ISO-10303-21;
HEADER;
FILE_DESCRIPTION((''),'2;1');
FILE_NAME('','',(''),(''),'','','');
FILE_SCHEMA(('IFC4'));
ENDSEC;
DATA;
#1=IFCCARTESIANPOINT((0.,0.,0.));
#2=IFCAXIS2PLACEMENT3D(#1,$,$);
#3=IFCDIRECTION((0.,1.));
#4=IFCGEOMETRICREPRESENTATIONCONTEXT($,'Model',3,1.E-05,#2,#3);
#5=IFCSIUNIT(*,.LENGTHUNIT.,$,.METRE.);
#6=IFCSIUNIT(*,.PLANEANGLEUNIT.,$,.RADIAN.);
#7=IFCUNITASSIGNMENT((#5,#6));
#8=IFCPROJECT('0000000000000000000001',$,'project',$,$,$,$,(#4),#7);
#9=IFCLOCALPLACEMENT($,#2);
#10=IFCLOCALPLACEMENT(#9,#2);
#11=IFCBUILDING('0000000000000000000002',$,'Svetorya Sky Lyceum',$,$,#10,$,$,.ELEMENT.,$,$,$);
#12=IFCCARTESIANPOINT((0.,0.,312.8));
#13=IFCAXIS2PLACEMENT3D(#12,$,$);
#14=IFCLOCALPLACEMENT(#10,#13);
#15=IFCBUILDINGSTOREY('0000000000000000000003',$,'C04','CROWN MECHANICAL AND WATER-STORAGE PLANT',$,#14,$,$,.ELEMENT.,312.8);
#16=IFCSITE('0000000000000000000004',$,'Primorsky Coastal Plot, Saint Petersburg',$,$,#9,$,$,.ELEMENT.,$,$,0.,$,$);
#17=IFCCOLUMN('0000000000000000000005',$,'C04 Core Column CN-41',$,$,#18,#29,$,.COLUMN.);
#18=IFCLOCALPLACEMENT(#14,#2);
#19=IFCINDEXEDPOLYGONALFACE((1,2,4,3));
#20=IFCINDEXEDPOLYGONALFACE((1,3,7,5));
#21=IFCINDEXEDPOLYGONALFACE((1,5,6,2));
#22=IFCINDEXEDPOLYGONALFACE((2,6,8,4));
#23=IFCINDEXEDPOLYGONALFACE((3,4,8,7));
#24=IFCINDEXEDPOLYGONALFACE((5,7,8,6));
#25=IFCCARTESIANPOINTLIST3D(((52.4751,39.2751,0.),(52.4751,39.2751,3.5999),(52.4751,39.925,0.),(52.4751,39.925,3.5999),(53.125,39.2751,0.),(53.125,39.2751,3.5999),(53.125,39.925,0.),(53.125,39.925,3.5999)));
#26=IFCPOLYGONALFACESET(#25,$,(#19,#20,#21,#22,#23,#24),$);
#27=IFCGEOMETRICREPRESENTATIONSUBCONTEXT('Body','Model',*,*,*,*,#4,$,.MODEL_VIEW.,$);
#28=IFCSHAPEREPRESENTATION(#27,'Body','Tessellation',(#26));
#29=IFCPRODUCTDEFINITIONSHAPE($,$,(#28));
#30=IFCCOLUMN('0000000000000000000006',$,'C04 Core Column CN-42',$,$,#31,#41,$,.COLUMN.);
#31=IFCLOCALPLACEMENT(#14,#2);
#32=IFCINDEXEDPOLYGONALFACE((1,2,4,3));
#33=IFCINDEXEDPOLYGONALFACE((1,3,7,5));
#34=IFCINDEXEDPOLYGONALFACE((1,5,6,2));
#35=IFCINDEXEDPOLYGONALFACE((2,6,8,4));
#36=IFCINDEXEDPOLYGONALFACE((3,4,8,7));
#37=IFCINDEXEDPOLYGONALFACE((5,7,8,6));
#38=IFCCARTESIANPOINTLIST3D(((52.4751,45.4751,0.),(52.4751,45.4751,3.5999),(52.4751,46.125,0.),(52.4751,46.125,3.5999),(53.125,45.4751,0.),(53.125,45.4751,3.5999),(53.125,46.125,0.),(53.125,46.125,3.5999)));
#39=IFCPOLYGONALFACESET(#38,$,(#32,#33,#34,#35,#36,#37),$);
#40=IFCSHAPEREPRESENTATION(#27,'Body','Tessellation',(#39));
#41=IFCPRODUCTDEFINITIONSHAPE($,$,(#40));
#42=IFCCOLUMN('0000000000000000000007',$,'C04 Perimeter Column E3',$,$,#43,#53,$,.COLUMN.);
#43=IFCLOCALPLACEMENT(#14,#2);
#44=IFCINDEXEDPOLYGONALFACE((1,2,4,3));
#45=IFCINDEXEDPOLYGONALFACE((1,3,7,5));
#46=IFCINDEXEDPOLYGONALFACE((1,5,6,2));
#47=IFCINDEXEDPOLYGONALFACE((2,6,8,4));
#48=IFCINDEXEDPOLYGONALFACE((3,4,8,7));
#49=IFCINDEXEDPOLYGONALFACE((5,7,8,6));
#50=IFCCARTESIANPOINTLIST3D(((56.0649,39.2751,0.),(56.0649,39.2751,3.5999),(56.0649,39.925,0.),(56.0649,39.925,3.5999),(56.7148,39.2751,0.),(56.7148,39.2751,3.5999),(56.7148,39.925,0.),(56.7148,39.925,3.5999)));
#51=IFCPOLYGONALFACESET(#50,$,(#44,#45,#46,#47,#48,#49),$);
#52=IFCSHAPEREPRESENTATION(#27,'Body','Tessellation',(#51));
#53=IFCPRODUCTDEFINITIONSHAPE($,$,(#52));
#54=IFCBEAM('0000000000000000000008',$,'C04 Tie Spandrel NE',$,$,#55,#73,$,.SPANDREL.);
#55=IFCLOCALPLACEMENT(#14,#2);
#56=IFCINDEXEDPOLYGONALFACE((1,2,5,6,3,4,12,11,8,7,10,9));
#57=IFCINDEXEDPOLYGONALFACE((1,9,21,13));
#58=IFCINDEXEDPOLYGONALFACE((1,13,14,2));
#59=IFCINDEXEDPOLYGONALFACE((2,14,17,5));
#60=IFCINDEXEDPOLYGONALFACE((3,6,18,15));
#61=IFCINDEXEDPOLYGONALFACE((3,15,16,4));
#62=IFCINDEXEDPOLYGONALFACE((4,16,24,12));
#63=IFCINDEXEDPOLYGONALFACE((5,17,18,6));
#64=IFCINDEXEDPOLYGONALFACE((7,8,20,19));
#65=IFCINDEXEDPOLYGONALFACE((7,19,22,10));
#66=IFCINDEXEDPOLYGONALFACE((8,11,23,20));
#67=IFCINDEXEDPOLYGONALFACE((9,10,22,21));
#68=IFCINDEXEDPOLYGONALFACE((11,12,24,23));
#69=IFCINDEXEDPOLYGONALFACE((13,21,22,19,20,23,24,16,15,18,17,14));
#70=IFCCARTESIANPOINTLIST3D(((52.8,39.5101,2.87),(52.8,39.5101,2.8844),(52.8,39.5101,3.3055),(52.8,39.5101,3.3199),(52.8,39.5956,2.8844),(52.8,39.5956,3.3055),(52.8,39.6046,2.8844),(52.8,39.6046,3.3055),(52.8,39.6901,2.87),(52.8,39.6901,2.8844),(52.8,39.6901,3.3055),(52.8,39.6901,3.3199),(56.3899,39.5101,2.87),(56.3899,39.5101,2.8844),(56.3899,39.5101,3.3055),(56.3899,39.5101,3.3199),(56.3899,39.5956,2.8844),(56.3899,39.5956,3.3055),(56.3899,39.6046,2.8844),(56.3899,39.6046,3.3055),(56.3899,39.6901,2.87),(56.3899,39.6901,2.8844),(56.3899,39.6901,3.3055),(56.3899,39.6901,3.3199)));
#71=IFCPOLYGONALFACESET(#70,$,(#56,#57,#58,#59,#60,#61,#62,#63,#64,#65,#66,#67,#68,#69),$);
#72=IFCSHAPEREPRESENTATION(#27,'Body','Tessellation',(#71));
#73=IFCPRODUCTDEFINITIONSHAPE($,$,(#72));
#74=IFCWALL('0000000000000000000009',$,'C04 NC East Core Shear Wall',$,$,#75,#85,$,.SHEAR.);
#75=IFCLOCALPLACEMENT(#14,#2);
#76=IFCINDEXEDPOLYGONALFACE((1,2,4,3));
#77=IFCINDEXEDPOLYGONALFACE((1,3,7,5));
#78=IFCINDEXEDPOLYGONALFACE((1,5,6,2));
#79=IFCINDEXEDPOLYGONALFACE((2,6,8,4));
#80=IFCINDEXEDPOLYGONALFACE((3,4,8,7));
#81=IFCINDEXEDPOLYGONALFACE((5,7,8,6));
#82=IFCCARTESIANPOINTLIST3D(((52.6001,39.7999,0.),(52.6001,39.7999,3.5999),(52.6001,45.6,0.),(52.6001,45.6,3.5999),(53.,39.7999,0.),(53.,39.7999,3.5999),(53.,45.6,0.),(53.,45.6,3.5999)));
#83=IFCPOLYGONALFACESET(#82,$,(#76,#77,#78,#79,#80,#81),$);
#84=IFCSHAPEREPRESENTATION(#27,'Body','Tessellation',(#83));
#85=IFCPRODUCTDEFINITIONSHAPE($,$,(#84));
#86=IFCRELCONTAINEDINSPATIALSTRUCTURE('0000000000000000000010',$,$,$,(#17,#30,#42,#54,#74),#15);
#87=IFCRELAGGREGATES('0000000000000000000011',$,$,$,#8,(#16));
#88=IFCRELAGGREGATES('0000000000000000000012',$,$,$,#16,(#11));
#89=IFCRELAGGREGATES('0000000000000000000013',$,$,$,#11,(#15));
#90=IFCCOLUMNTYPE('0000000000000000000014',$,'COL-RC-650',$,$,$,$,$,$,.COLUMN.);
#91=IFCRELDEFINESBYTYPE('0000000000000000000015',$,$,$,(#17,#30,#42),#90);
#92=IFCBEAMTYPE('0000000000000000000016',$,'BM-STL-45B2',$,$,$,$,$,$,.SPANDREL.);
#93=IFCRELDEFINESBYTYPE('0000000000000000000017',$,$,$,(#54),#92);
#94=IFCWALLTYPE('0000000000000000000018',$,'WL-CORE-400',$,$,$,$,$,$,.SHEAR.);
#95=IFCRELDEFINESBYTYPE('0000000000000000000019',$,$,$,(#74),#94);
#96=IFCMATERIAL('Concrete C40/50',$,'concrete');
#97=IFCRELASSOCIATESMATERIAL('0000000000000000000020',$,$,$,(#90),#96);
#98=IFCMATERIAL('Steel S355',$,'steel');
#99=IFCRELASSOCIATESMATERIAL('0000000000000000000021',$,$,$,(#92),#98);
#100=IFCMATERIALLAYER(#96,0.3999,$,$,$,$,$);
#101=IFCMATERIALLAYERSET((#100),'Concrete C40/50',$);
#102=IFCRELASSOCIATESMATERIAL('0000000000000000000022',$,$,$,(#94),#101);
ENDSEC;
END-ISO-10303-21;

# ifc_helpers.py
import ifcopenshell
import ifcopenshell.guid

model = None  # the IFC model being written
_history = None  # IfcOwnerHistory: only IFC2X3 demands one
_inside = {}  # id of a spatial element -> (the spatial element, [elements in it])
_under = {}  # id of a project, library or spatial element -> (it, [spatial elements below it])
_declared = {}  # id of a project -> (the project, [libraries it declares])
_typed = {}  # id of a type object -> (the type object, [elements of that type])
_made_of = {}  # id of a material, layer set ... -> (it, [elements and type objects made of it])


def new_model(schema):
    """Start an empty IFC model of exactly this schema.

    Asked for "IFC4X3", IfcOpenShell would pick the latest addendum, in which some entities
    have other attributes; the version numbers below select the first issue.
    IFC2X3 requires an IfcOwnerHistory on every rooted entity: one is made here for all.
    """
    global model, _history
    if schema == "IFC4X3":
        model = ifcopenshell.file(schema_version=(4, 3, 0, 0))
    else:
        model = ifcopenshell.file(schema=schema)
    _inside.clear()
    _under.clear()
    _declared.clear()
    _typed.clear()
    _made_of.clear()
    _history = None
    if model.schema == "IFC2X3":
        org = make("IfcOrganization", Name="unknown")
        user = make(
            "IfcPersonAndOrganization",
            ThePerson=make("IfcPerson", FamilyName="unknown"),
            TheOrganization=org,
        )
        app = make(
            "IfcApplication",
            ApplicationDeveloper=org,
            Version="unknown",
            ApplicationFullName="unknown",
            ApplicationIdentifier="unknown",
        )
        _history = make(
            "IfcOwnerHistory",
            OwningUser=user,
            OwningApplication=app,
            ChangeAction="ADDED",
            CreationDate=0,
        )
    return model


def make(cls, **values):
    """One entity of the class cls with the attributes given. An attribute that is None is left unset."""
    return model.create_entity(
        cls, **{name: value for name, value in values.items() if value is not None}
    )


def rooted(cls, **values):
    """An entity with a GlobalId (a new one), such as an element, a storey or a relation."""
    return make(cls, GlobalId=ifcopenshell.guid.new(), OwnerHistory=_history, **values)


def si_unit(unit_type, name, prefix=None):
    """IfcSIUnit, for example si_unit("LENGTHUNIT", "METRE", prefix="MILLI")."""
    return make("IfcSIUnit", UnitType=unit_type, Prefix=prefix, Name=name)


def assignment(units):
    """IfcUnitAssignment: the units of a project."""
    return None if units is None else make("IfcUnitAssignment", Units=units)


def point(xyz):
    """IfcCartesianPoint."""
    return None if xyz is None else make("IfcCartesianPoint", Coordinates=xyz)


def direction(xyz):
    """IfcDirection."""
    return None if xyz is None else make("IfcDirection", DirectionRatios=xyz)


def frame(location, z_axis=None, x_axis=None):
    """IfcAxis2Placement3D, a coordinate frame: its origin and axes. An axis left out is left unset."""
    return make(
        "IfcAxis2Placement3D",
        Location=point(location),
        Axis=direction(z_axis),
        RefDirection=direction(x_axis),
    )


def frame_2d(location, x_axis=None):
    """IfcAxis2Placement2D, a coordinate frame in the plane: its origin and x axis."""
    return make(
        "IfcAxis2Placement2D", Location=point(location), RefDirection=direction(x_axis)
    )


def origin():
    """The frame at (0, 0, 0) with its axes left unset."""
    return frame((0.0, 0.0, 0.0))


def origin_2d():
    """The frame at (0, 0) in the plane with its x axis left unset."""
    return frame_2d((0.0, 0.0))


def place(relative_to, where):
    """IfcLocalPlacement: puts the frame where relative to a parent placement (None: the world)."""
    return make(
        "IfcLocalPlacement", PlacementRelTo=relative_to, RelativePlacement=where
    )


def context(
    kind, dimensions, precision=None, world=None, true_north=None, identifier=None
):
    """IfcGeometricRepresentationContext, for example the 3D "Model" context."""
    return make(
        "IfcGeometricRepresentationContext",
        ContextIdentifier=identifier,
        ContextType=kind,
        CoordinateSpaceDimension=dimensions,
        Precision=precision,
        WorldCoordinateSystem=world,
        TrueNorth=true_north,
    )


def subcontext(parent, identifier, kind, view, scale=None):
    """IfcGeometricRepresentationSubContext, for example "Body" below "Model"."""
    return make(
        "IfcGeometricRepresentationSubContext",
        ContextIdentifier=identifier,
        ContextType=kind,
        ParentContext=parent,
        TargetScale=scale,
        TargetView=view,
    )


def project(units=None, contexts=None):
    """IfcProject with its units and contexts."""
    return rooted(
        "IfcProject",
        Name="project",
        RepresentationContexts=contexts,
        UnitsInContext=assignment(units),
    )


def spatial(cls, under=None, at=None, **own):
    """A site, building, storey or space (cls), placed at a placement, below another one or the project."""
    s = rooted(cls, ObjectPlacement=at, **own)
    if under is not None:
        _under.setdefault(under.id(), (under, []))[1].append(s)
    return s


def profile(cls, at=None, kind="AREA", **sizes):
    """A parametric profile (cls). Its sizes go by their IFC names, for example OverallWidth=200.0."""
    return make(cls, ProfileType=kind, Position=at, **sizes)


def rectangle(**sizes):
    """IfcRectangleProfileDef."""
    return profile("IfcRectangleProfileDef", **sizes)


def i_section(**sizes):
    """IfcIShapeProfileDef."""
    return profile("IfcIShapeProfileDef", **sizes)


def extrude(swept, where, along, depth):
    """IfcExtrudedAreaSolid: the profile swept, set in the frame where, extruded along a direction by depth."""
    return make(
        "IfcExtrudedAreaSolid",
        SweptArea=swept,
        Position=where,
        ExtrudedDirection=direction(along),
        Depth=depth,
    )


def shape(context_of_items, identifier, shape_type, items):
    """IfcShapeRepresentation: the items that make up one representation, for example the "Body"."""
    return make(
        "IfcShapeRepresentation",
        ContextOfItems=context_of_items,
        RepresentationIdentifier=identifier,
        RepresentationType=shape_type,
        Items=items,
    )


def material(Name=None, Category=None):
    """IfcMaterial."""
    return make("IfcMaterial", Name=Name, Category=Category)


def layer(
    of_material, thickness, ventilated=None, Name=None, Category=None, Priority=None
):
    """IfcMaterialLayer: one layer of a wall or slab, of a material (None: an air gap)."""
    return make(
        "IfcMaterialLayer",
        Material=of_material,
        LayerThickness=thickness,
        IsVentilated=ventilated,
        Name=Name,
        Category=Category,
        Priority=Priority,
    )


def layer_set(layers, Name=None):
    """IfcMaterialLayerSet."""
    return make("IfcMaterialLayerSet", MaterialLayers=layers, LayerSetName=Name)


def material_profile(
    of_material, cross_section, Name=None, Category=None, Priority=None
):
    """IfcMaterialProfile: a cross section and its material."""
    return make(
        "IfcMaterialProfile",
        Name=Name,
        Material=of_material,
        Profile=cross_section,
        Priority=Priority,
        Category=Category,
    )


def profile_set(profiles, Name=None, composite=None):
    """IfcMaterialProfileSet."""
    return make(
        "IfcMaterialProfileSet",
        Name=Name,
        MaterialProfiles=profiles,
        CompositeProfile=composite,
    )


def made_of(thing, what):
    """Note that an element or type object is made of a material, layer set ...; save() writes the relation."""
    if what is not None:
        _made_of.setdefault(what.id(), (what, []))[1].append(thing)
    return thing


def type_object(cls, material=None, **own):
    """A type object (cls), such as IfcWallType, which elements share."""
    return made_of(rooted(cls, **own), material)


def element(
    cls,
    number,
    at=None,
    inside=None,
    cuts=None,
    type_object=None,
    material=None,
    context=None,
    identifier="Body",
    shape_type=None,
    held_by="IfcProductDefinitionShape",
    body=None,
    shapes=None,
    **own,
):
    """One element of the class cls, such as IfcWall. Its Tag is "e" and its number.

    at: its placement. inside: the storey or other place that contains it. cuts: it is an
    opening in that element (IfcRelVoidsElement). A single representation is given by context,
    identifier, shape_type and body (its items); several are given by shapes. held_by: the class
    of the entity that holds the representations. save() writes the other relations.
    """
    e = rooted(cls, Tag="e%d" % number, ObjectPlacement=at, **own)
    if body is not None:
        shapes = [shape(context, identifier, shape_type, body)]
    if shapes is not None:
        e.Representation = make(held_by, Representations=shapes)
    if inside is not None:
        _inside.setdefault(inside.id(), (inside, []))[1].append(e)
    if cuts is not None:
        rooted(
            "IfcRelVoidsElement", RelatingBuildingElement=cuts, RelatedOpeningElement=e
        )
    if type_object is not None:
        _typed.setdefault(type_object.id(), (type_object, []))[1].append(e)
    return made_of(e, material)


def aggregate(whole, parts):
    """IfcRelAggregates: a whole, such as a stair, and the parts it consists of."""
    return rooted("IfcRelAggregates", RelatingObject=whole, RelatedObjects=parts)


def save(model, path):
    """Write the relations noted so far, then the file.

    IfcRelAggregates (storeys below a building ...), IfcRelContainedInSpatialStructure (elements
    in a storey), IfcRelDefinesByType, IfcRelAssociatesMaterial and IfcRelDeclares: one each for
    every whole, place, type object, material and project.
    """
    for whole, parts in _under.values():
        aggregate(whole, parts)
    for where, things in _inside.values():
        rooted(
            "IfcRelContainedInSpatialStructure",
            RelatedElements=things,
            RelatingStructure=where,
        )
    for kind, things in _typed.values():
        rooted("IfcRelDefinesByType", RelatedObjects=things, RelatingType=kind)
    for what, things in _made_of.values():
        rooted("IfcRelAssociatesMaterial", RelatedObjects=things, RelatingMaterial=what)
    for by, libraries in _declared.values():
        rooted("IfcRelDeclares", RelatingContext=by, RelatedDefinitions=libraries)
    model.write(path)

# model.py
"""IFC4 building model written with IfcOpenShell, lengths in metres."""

from ifc_helpers import new_model, si_unit, direction, frame, frame_2d, origin, origin_2d, place, context, subcontext, project, spatial, rectangle, i_section, extrude, material, layer, layer_set, material_profile, profile_set, type_object, element, save


model = new_model("IFC4")

# Units and contexts
model_context = context("Model", 3, precision=1e-05, world=origin(), true_north=direction((0.0, 1.0)))
body_context = subcontext(model_context, "Body", "Model", "MODEL_VIEW")
ifc_project = project(units=[si_unit("LENGTHUNIT", "METRE"), si_unit("PLANEANGLEUNIT", "RADIAN")], contexts=[model_context])

# Site, building, storey
site_placement = place(None, origin())
site = spatial("IfcSite", under=ifc_project, at=site_placement, Name="Primorsky Coastal Plot, Saint Petersburg", CompositionType="ELEMENT", RefElevation=0.0)
building_placement = place(site_placement, origin())
building = spatial("IfcBuilding", under=site, at=building_placement, Name="Svetorya Sky Lyceum", CompositionType="ELEMENT")
storey_placement = place(building_placement, frame((0.0, 0.0, 312.8)))
storey = spatial("IfcBuildingStorey", under=building, at=storey_placement, Name="C04", Description="CROWN MECHANICAL AND WATER-STORAGE PLANT", CompositionType="ELEMENT", Elevation=312.8)

# Columns
ifc_material_1 = material(Name="Concrete C40/50", Category="concrete")
ifc_material_profile_1 = material_profile(ifc_material_1, rectangle(XDim=0.6499, YDim=0.6499, at=origin_2d()), Name="RC COL 650x650")
ifc_profile_set_1 = profile_set([ifc_material_profile_1], Name="Concrete C40/50")
column_type = type_object("IfcColumnType", Name="COL-RC-650", PredefinedType="COLUMN", material=ifc_profile_set_1)
for number, where, z_axis, x_axis, name in (
    (1, (52.8, 39.6001, 0.0), (0.0, 0.0, 1.0), (1.0, 0.0, 0.0), "C04 Core Column CN-41"),
    (2, (52.8, 45.8, 0.0), (0.0, 0.0, 1.0), (1.0, 0.0, 0.0), "C04 Core Column CN-42"),
    (3, (56.3899, 39.6001, 0.0), (0.0, 0.0, 1.0), (1.0, 0.0, 0.0), "C04 Perimeter Column E3"),
):
    element("IfcColumn", number, at=place(storey_placement, frame(where, z_axis=z_axis, x_axis=x_axis)), inside=storey, type_object=column_type, Name=name, PredefinedType="COLUMN", context=body_context, shape_type="SweptSolid", body=[
        extrude(rectangle(XDim=0.6499, YDim=0.6499, at=origin_2d()), origin(), (0.0, 0.0, 1.0), 3.5999),
    ])

# Beam
ifc_material_2 = material(Name="Steel S355", Category="steel")
ifc_material_profile_2 = material_profile(ifc_material_2, i_section(OverallWidth=0.1799, OverallDepth=0.45, WebThickness=0.009, FlangeThickness=0.0144, at=origin_2d()), Name="GOST 45B2")
ifc_profile_set_2 = profile_set([ifc_material_profile_2], Name="Steel S355")
beam_type = type_object("IfcBeamType", Name="BM-STL-45B2", PredefinedType="SPANDREL", material=ifc_profile_set_2)
beam_placement = place(storey_placement, frame((52.8, 39.6001, 3.095), z_axis=(1.0, 0.0, 0.0), x_axis=(0.0, 1.0, 0.0)))
element("IfcBeam", 4, at=beam_placement, inside=storey, type_object=beam_type, Name="C04 Tie Spandrel NE", PredefinedType="SPANDREL", context=body_context, shape_type="SweptSolid", body=[
    extrude(i_section(OverallWidth=0.1799, OverallDepth=0.45, WebThickness=0.009, FlangeThickness=0.0144, at=origin_2d()), origin(), (0.0, 0.0, 1.0), 3.5898),
])

# Wall
ifc_layer_1 = layer(ifc_material_1, 0.3999)
ifc_layer_set_1 = layer_set([ifc_layer_1], Name="Concrete C40/50")
wall_type_1 = type_object("IfcWallType", Name="WL-CORE-400", PredefinedType="SHEAR", material=ifc_layer_set_1)
wall_1_placement = place(storey_placement, frame((52.8, 39.8, 0.0), z_axis=(0.0, 0.0, 1.0), x_axis=(0.0, 1.0, 0.0)))
element("IfcWall", 5, at=wall_1_placement, inside=storey, type_object=wall_type_1, Name="C04 NC East Core Shear Wall", PredefinedType="SHEAR", context=body_context, shape_type="SweptSolid", body=[
    extrude(rectangle(XDim=5.8, YDim=0.3999, at=frame_2d((2.8999, 0.0))), origin(), (0.0, 0.0, 1.0), 3.5999),
])

save(model, "model.ifc")
